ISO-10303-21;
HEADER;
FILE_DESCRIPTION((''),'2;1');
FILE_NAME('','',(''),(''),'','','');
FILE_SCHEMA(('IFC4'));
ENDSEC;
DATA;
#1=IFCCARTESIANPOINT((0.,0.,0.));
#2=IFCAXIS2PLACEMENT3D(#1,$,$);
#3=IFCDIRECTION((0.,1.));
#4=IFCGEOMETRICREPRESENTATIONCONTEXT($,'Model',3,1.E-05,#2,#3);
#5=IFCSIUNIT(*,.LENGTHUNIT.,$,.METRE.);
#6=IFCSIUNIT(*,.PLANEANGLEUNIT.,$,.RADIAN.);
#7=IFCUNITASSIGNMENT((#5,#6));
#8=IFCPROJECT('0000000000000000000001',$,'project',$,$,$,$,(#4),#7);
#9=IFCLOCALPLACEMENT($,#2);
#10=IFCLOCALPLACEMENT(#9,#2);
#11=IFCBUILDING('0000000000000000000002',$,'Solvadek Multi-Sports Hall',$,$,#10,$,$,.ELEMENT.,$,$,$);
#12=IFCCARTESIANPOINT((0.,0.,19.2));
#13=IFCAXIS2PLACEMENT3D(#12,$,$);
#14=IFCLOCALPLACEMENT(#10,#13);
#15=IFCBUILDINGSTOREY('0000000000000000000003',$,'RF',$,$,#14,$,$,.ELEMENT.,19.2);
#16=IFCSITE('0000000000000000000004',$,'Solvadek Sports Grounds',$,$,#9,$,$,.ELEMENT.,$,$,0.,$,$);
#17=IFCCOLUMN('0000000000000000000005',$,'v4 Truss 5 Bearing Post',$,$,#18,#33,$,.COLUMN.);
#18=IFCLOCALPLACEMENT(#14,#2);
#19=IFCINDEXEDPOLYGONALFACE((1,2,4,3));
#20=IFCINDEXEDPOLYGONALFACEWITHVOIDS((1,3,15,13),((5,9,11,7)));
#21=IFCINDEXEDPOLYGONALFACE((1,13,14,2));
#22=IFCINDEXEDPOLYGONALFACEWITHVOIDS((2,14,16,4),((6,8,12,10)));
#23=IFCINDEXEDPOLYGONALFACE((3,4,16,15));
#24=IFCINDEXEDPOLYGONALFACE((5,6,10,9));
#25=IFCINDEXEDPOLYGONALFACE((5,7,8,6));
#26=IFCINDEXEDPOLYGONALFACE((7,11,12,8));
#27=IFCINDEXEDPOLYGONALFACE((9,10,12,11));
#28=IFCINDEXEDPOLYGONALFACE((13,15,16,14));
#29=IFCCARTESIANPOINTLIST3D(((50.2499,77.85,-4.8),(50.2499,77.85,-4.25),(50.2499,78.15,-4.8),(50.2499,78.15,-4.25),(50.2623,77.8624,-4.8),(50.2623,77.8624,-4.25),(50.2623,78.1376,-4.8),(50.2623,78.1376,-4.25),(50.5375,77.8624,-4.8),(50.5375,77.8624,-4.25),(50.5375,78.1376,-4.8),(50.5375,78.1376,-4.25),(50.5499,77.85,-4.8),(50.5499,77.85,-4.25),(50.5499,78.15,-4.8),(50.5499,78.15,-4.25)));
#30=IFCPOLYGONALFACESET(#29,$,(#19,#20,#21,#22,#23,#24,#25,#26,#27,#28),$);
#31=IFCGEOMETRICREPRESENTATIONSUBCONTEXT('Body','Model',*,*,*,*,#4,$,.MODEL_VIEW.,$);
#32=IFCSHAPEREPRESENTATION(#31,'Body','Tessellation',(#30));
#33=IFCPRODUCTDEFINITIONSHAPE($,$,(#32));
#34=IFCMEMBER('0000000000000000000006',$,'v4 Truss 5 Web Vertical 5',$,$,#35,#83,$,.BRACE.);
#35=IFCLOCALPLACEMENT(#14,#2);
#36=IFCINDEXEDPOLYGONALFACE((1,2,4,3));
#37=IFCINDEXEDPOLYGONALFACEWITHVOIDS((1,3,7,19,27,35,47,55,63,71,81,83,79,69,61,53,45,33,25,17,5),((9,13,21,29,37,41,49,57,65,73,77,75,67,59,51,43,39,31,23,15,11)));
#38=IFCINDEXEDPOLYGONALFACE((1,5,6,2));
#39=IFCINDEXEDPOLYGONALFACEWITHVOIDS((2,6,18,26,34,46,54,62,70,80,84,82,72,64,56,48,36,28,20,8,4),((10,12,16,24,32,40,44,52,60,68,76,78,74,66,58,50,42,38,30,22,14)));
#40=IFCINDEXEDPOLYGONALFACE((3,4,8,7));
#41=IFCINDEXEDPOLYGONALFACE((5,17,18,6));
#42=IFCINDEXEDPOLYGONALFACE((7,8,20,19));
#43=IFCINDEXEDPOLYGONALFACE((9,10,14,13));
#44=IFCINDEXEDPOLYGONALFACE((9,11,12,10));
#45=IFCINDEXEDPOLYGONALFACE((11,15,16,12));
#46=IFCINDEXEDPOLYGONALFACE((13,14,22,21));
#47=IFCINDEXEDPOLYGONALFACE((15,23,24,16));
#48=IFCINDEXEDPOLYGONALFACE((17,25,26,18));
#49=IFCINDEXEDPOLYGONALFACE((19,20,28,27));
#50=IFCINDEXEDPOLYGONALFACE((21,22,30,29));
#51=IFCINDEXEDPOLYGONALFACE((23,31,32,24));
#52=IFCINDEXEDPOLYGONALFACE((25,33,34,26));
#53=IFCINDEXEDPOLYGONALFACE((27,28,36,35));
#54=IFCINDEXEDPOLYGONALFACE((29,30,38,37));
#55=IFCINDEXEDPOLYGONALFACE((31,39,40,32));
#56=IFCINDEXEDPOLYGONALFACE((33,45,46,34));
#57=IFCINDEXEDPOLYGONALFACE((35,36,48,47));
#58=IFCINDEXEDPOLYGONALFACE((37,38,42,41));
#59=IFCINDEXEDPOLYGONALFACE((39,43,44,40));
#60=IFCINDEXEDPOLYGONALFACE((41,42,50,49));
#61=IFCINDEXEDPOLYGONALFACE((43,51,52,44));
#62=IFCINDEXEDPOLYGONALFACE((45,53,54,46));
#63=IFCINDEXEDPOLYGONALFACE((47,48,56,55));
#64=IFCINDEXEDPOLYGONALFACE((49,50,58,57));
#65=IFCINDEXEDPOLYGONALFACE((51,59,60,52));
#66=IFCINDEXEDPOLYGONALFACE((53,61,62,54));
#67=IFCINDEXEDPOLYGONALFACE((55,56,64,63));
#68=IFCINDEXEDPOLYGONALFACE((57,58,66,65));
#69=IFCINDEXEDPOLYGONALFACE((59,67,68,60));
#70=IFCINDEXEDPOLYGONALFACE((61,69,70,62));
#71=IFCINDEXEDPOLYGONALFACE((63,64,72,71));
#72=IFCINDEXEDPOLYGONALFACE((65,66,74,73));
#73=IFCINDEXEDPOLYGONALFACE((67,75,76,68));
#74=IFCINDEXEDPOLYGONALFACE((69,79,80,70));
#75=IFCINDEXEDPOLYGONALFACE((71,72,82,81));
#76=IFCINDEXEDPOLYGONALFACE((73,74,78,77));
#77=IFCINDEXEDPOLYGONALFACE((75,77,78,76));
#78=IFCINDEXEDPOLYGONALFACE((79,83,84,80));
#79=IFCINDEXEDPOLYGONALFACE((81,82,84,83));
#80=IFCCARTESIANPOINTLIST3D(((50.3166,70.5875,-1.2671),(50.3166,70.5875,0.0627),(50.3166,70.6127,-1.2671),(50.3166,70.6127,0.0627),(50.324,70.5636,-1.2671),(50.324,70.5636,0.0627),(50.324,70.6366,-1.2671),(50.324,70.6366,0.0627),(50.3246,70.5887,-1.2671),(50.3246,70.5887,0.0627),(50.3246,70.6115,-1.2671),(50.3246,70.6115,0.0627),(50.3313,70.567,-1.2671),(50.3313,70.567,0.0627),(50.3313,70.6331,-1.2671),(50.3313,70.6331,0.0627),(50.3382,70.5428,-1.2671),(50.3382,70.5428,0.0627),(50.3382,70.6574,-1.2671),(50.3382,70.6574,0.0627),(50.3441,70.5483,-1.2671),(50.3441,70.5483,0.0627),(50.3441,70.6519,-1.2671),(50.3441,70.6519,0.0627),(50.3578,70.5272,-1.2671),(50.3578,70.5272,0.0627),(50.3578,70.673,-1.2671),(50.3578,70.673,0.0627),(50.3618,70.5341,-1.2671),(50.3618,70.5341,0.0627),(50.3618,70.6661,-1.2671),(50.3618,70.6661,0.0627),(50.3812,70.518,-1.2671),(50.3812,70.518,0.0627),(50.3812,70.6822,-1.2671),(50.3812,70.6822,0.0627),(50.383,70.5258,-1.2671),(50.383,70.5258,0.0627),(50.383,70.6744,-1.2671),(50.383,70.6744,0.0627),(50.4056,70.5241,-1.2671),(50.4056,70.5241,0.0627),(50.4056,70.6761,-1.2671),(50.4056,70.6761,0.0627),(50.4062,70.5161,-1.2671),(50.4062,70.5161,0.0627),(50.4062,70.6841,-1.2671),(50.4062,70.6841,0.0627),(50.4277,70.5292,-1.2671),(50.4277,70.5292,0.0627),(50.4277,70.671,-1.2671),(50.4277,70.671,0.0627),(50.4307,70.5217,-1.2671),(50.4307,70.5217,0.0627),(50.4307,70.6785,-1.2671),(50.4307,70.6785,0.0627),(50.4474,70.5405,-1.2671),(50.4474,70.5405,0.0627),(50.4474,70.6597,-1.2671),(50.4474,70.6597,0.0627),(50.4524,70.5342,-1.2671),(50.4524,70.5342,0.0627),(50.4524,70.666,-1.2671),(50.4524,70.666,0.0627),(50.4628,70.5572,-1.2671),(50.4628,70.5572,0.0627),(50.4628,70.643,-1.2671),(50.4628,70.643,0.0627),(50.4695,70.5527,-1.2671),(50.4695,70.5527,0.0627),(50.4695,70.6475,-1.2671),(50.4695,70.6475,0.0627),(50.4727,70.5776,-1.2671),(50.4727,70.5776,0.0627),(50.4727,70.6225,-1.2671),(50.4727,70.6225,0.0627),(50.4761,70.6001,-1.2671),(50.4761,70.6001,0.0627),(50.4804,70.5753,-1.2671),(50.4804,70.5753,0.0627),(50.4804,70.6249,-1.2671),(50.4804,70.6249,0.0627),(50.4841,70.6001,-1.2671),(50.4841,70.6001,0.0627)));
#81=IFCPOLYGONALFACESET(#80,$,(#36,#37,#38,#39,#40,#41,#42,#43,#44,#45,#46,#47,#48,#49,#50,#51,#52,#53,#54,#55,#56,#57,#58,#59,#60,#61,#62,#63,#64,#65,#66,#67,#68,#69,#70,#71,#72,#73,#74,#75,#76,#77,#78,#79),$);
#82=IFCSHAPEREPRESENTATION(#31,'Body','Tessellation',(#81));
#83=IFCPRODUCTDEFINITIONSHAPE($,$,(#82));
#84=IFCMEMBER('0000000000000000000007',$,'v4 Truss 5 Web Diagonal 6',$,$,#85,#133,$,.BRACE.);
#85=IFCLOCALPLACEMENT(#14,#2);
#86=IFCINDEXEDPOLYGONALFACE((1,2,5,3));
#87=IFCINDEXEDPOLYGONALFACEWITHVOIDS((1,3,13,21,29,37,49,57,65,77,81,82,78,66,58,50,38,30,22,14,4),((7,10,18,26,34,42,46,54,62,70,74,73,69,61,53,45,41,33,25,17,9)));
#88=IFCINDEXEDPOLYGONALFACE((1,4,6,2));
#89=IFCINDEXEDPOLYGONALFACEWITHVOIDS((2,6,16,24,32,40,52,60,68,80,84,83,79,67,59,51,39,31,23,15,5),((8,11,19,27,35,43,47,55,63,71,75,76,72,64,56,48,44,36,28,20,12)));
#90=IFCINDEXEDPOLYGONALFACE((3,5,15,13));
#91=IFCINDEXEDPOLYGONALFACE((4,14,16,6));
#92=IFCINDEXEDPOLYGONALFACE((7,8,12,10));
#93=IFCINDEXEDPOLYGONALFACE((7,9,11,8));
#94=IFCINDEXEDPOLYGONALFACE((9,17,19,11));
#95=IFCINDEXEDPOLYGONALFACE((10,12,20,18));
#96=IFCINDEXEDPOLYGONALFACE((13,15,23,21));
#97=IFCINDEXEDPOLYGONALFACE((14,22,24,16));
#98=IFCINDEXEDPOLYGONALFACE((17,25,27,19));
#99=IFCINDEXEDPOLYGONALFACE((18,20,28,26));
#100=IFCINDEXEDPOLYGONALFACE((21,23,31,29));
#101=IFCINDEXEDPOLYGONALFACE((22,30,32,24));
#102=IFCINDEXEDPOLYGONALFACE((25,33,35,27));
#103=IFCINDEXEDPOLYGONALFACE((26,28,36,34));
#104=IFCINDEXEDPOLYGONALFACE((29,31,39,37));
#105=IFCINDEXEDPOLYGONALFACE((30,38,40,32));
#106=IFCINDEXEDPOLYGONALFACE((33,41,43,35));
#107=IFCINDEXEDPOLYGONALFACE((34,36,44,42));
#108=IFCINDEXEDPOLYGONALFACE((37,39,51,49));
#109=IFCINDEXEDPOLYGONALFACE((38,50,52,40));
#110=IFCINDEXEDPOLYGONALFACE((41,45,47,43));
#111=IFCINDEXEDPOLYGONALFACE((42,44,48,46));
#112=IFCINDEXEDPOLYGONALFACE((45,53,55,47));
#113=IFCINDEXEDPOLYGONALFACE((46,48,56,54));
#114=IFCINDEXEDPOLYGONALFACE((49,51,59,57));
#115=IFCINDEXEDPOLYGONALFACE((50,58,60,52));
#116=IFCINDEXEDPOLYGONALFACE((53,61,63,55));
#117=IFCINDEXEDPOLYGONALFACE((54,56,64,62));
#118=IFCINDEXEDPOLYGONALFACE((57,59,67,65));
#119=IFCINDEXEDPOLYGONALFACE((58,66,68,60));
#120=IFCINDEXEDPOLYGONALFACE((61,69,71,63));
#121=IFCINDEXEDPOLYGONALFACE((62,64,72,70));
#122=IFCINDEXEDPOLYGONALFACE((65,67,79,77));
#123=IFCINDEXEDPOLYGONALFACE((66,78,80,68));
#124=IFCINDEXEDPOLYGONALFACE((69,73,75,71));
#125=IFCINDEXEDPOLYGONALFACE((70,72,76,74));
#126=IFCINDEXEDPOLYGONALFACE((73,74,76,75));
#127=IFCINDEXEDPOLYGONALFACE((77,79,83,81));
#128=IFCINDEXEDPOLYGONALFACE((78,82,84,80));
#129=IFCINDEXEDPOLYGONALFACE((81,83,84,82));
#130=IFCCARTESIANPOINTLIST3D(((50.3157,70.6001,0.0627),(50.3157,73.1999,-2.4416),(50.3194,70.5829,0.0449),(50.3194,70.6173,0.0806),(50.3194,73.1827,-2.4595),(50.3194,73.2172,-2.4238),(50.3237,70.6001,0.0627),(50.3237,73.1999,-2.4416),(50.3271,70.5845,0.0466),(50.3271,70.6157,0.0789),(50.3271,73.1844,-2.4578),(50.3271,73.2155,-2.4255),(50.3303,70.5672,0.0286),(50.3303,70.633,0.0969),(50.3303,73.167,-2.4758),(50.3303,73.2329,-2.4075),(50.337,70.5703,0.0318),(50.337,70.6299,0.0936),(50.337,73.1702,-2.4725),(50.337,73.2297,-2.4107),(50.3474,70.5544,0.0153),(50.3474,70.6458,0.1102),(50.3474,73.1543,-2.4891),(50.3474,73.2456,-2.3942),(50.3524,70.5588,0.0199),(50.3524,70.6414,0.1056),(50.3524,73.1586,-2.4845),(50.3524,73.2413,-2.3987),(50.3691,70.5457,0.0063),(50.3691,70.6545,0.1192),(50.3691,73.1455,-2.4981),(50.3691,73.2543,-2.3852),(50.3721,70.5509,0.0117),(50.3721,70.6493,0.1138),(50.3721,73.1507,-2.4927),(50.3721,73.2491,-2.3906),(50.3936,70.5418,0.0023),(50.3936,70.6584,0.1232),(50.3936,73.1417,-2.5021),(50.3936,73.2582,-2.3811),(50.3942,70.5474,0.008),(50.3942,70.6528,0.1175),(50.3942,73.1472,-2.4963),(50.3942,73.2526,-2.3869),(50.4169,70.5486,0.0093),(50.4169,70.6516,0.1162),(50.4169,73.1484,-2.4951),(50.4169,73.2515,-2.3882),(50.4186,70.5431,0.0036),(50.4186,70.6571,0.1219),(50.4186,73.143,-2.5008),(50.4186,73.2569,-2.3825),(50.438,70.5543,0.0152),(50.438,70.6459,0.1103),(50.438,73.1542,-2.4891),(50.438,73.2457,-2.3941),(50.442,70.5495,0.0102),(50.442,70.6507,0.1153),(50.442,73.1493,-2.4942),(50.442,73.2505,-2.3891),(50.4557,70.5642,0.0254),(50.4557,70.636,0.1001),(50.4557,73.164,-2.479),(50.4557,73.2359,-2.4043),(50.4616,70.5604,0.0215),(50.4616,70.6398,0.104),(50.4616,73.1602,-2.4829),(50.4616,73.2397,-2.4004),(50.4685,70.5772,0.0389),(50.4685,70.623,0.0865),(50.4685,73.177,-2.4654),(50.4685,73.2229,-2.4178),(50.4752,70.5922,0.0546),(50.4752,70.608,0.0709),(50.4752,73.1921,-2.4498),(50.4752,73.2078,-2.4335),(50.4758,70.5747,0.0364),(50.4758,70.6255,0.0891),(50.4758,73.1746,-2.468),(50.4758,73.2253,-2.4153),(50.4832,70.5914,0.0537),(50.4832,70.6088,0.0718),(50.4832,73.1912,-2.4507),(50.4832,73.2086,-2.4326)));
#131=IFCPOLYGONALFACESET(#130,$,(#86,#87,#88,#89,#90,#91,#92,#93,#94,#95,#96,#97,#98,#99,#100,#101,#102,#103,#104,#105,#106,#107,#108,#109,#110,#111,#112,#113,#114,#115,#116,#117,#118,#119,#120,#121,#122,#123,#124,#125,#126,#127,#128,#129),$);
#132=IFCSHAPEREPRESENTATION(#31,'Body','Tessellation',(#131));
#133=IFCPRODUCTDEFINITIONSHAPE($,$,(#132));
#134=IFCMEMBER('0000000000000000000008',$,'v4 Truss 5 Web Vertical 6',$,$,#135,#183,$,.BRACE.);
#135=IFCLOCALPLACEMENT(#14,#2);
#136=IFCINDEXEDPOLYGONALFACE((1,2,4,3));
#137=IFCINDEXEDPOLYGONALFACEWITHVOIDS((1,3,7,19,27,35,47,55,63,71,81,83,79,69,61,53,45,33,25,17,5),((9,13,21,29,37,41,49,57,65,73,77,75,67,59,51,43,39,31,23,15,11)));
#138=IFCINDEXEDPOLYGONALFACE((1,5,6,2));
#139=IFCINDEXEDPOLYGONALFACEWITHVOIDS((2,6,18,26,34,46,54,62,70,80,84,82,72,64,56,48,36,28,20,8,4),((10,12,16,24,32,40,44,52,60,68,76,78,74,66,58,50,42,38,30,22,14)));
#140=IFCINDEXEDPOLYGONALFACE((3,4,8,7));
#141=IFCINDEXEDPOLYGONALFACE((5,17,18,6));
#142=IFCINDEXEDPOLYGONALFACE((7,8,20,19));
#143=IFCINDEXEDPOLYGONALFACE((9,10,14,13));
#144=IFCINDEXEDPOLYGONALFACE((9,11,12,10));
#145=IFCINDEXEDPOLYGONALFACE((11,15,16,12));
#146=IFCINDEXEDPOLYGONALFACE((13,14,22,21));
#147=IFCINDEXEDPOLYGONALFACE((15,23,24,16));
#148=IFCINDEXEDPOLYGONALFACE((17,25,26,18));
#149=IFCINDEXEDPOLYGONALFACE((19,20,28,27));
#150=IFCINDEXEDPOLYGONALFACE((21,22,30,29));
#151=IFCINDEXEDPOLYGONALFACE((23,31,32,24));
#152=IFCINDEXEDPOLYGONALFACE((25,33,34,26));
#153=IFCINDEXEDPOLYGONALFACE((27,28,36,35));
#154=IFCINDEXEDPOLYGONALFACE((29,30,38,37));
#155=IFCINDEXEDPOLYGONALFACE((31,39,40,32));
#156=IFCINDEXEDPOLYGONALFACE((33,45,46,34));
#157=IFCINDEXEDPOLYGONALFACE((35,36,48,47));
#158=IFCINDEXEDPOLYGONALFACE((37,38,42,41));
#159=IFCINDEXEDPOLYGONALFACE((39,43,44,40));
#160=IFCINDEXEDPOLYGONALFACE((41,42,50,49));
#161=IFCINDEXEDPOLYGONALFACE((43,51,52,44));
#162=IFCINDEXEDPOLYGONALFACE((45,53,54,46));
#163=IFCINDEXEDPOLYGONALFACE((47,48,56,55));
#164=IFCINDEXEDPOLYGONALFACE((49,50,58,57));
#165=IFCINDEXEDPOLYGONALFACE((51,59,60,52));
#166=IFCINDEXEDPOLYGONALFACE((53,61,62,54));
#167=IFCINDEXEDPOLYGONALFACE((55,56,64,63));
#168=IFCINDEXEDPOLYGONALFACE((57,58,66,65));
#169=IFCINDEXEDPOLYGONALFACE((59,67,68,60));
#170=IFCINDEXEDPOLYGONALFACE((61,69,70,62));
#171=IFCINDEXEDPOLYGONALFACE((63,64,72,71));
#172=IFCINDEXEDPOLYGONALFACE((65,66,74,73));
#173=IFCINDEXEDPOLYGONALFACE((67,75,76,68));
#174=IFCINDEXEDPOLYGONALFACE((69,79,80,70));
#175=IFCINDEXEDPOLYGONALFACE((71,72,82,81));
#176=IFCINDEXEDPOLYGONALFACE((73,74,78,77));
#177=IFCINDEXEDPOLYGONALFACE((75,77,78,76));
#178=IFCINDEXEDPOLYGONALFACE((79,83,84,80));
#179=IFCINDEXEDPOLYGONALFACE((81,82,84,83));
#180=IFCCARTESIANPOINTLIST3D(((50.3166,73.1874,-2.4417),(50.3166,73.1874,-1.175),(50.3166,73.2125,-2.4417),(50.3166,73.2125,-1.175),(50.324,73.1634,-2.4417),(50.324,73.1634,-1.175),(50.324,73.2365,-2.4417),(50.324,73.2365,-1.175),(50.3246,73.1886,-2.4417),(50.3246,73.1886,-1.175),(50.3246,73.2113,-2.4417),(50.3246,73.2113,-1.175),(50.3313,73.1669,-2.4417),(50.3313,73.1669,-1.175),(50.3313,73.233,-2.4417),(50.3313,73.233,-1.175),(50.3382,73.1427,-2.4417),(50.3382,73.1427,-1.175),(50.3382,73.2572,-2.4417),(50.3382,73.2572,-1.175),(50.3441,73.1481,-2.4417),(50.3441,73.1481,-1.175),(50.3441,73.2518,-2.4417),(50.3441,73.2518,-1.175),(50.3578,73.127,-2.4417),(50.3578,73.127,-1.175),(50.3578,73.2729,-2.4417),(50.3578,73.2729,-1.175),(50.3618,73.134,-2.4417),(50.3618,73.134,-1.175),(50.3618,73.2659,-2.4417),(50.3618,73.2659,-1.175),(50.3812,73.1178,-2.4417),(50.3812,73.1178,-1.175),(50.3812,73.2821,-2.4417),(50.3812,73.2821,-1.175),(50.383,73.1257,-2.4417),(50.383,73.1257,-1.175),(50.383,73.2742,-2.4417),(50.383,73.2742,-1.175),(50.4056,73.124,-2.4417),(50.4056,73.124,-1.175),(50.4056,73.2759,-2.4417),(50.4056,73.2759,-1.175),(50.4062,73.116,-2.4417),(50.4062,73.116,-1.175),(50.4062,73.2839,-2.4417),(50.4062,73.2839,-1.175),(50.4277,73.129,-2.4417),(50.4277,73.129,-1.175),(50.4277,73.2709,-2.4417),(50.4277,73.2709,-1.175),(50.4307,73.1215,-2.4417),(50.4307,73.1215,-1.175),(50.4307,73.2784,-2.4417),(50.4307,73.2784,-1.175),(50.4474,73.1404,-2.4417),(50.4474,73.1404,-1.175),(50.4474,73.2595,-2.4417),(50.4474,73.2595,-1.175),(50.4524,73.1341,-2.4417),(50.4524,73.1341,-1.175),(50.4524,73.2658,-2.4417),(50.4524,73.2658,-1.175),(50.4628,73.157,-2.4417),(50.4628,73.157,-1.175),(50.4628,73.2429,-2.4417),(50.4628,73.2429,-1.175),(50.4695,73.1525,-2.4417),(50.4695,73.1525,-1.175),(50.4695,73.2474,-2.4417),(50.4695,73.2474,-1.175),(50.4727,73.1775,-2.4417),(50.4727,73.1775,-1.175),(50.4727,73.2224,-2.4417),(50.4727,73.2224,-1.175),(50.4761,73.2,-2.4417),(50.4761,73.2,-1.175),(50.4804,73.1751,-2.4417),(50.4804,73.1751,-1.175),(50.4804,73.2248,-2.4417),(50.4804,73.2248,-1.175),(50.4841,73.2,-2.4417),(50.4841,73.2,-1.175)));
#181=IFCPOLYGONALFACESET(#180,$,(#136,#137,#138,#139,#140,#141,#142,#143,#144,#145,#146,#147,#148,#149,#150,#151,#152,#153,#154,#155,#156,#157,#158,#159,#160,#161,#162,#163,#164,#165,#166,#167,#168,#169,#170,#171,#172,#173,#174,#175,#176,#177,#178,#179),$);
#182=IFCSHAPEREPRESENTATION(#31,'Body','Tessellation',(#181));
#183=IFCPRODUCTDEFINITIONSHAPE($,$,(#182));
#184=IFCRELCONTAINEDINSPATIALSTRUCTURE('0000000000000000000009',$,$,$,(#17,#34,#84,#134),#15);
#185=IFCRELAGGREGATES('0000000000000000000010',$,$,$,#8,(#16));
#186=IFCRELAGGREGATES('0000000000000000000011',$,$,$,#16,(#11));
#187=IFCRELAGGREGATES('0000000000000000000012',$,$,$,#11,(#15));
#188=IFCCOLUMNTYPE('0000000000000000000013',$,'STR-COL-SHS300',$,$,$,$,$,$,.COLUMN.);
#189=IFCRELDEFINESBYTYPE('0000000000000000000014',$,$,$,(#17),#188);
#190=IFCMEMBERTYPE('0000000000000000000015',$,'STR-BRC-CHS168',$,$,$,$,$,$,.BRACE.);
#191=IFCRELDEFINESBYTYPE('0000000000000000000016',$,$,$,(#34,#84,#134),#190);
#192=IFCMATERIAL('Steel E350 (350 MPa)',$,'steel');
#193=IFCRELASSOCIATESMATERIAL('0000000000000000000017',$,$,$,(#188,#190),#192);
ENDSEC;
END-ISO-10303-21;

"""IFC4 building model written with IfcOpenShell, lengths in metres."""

from ifc_helpers import new_model, si_unit, direction, frame, origin, origin_2d, place, context, subcontext, project, spatial, hollow_rectangle, hollow_circle, extrude, material, material_profile, profile_set, type_object, element, save


model = new_model("IFC4")

# Units and contexts
model_context = context("Model", 3, precision=1e-05, world=origin(), true_north=direction((0.0, 1.0)))
body_context = subcontext(model_context, "Body", "Model", "MODEL_VIEW")
ifc_project = project(units=[si_unit("LENGTHUNIT", "METRE"), si_unit("PLANEANGLEUNIT", "RADIAN")], contexts=[model_context])

# Site, building, storey
site_placement = place(None, origin())
site = spatial("IfcSite", under=ifc_project, at=site_placement, Name="Solvadek Sports Grounds", CompositionType="ELEMENT", RefElevation=0.0)
building_placement = place(site_placement, origin())
building = spatial("IfcBuilding", under=site, at=building_placement, Name="Solvadek Multi-Sports Hall", CompositionType="ELEMENT")
storey_placement = place(building_placement, frame((0.0, 0.0, 19.2)))
storey = spatial("IfcBuildingStorey", under=building, at=storey_placement, Name="RF", CompositionType="ELEMENT", Elevation=19.2)

# Column
ifc_material_1 = material(Name="Steel E350 (350 MPa)", Category="steel")
ifc_material_profile_1 = material_profile(ifc_material_1, hollow_rectangle(XDim=0.3, YDim=0.3, WallThickness=0.0125, at=origin_2d()), Name="SHS 300x300x12.5")
ifc_profile_set_1 = profile_set([ifc_material_profile_1], Name="Steel E350 (350 MPa)")
column_type = type_object("IfcColumnType", Name="STR-COL-SHS300", PredefinedType="COLUMN", material=ifc_profile_set_1)
column_placement = place(storey_placement, frame((50.3999, 78.0, -4.8), z_axis=(0.0, 0.0, 1.0), x_axis=(1.0, 0.0, 0.0)))
element("IfcColumn", 1, at=column_placement, inside=storey, type_object=column_type, Name="v4 Truss 5 Bearing Post", PredefinedType="COLUMN", context=body_context, shape_type="SweptSolid", body=[
    extrude(hollow_rectangle(XDim=0.3, YDim=0.3, WallThickness=0.0125, at=origin_2d()), origin(), (0.0, 0.0, 1.0), 0.55),
])

# Members
ifc_material_profile_2 = material_profile(ifc_material_1, hollow_circle(Radius=0.0842, WallThickness=0.0081, at=origin_2d()), Name="CHS 168.3x8")
ifc_profile_set_2 = profile_set([ifc_material_profile_2], Name="Steel E350 (350 MPa)")
member_type_1 = type_object("IfcMemberType", Name="STR-BRC-CHS168", PredefinedType="BRACE", material=ifc_profile_set_2)
member_1_placement = place(storey_placement, frame((50.3999, 70.6001, -1.2671), z_axis=(0.0, 0.0, 1.0), x_axis=(1.0, 0.0, 0.0)))
element("IfcMember", 2, at=member_1_placement, inside=storey, type_object=member_type_1, Name="v4 Truss 5 Web Vertical 5", PredefinedType="BRACE", context=body_context, shape_type="SweptSolid", body=[
    extrude(hollow_circle(Radius=0.0842, WallThickness=0.0081, at=origin_2d()), origin(), (0.0, 0.0, 1.0), 1.3298),
])
member_2_placement = place(storey_placement, frame((50.3999, 70.6001, 0.0627), z_axis=(0.0, 0.720205, -0.693761), x_axis=(-1.0, 0.0, 0.0)))
element("IfcMember", 3, at=member_2_placement, inside=storey, type_object=member_type_1, Name="v4 Truss 5 Web Diagonal 6", PredefinedType="BRACE", context=body_context, shape_type="SweptSolid", body=[
    extrude(hollow_circle(Radius=0.0842, WallThickness=0.0081, at=origin_2d()), origin(), (0.0, 0.0, 1.0), 3.6099),
])
member_3_placement = place(storey_placement, frame((50.3999, 73.2, -2.4417), z_axis=(0.0, 0.0, 1.0), x_axis=(1.0, 0.0, 0.0)))
element("IfcMember", 4, at=member_3_placement, inside=storey, type_object=member_type_1, Name="v4 Truss 5 Web Vertical 6", PredefinedType="BRACE", context=body_context, shape_type="SweptSolid", body=[
    extrude(hollow_circle(Radius=0.0842, WallThickness=0.0081, at=origin_2d()), origin(), (0.0, 0.0, 1.0), 1.2666),
])

save(model, "model.ifc")
